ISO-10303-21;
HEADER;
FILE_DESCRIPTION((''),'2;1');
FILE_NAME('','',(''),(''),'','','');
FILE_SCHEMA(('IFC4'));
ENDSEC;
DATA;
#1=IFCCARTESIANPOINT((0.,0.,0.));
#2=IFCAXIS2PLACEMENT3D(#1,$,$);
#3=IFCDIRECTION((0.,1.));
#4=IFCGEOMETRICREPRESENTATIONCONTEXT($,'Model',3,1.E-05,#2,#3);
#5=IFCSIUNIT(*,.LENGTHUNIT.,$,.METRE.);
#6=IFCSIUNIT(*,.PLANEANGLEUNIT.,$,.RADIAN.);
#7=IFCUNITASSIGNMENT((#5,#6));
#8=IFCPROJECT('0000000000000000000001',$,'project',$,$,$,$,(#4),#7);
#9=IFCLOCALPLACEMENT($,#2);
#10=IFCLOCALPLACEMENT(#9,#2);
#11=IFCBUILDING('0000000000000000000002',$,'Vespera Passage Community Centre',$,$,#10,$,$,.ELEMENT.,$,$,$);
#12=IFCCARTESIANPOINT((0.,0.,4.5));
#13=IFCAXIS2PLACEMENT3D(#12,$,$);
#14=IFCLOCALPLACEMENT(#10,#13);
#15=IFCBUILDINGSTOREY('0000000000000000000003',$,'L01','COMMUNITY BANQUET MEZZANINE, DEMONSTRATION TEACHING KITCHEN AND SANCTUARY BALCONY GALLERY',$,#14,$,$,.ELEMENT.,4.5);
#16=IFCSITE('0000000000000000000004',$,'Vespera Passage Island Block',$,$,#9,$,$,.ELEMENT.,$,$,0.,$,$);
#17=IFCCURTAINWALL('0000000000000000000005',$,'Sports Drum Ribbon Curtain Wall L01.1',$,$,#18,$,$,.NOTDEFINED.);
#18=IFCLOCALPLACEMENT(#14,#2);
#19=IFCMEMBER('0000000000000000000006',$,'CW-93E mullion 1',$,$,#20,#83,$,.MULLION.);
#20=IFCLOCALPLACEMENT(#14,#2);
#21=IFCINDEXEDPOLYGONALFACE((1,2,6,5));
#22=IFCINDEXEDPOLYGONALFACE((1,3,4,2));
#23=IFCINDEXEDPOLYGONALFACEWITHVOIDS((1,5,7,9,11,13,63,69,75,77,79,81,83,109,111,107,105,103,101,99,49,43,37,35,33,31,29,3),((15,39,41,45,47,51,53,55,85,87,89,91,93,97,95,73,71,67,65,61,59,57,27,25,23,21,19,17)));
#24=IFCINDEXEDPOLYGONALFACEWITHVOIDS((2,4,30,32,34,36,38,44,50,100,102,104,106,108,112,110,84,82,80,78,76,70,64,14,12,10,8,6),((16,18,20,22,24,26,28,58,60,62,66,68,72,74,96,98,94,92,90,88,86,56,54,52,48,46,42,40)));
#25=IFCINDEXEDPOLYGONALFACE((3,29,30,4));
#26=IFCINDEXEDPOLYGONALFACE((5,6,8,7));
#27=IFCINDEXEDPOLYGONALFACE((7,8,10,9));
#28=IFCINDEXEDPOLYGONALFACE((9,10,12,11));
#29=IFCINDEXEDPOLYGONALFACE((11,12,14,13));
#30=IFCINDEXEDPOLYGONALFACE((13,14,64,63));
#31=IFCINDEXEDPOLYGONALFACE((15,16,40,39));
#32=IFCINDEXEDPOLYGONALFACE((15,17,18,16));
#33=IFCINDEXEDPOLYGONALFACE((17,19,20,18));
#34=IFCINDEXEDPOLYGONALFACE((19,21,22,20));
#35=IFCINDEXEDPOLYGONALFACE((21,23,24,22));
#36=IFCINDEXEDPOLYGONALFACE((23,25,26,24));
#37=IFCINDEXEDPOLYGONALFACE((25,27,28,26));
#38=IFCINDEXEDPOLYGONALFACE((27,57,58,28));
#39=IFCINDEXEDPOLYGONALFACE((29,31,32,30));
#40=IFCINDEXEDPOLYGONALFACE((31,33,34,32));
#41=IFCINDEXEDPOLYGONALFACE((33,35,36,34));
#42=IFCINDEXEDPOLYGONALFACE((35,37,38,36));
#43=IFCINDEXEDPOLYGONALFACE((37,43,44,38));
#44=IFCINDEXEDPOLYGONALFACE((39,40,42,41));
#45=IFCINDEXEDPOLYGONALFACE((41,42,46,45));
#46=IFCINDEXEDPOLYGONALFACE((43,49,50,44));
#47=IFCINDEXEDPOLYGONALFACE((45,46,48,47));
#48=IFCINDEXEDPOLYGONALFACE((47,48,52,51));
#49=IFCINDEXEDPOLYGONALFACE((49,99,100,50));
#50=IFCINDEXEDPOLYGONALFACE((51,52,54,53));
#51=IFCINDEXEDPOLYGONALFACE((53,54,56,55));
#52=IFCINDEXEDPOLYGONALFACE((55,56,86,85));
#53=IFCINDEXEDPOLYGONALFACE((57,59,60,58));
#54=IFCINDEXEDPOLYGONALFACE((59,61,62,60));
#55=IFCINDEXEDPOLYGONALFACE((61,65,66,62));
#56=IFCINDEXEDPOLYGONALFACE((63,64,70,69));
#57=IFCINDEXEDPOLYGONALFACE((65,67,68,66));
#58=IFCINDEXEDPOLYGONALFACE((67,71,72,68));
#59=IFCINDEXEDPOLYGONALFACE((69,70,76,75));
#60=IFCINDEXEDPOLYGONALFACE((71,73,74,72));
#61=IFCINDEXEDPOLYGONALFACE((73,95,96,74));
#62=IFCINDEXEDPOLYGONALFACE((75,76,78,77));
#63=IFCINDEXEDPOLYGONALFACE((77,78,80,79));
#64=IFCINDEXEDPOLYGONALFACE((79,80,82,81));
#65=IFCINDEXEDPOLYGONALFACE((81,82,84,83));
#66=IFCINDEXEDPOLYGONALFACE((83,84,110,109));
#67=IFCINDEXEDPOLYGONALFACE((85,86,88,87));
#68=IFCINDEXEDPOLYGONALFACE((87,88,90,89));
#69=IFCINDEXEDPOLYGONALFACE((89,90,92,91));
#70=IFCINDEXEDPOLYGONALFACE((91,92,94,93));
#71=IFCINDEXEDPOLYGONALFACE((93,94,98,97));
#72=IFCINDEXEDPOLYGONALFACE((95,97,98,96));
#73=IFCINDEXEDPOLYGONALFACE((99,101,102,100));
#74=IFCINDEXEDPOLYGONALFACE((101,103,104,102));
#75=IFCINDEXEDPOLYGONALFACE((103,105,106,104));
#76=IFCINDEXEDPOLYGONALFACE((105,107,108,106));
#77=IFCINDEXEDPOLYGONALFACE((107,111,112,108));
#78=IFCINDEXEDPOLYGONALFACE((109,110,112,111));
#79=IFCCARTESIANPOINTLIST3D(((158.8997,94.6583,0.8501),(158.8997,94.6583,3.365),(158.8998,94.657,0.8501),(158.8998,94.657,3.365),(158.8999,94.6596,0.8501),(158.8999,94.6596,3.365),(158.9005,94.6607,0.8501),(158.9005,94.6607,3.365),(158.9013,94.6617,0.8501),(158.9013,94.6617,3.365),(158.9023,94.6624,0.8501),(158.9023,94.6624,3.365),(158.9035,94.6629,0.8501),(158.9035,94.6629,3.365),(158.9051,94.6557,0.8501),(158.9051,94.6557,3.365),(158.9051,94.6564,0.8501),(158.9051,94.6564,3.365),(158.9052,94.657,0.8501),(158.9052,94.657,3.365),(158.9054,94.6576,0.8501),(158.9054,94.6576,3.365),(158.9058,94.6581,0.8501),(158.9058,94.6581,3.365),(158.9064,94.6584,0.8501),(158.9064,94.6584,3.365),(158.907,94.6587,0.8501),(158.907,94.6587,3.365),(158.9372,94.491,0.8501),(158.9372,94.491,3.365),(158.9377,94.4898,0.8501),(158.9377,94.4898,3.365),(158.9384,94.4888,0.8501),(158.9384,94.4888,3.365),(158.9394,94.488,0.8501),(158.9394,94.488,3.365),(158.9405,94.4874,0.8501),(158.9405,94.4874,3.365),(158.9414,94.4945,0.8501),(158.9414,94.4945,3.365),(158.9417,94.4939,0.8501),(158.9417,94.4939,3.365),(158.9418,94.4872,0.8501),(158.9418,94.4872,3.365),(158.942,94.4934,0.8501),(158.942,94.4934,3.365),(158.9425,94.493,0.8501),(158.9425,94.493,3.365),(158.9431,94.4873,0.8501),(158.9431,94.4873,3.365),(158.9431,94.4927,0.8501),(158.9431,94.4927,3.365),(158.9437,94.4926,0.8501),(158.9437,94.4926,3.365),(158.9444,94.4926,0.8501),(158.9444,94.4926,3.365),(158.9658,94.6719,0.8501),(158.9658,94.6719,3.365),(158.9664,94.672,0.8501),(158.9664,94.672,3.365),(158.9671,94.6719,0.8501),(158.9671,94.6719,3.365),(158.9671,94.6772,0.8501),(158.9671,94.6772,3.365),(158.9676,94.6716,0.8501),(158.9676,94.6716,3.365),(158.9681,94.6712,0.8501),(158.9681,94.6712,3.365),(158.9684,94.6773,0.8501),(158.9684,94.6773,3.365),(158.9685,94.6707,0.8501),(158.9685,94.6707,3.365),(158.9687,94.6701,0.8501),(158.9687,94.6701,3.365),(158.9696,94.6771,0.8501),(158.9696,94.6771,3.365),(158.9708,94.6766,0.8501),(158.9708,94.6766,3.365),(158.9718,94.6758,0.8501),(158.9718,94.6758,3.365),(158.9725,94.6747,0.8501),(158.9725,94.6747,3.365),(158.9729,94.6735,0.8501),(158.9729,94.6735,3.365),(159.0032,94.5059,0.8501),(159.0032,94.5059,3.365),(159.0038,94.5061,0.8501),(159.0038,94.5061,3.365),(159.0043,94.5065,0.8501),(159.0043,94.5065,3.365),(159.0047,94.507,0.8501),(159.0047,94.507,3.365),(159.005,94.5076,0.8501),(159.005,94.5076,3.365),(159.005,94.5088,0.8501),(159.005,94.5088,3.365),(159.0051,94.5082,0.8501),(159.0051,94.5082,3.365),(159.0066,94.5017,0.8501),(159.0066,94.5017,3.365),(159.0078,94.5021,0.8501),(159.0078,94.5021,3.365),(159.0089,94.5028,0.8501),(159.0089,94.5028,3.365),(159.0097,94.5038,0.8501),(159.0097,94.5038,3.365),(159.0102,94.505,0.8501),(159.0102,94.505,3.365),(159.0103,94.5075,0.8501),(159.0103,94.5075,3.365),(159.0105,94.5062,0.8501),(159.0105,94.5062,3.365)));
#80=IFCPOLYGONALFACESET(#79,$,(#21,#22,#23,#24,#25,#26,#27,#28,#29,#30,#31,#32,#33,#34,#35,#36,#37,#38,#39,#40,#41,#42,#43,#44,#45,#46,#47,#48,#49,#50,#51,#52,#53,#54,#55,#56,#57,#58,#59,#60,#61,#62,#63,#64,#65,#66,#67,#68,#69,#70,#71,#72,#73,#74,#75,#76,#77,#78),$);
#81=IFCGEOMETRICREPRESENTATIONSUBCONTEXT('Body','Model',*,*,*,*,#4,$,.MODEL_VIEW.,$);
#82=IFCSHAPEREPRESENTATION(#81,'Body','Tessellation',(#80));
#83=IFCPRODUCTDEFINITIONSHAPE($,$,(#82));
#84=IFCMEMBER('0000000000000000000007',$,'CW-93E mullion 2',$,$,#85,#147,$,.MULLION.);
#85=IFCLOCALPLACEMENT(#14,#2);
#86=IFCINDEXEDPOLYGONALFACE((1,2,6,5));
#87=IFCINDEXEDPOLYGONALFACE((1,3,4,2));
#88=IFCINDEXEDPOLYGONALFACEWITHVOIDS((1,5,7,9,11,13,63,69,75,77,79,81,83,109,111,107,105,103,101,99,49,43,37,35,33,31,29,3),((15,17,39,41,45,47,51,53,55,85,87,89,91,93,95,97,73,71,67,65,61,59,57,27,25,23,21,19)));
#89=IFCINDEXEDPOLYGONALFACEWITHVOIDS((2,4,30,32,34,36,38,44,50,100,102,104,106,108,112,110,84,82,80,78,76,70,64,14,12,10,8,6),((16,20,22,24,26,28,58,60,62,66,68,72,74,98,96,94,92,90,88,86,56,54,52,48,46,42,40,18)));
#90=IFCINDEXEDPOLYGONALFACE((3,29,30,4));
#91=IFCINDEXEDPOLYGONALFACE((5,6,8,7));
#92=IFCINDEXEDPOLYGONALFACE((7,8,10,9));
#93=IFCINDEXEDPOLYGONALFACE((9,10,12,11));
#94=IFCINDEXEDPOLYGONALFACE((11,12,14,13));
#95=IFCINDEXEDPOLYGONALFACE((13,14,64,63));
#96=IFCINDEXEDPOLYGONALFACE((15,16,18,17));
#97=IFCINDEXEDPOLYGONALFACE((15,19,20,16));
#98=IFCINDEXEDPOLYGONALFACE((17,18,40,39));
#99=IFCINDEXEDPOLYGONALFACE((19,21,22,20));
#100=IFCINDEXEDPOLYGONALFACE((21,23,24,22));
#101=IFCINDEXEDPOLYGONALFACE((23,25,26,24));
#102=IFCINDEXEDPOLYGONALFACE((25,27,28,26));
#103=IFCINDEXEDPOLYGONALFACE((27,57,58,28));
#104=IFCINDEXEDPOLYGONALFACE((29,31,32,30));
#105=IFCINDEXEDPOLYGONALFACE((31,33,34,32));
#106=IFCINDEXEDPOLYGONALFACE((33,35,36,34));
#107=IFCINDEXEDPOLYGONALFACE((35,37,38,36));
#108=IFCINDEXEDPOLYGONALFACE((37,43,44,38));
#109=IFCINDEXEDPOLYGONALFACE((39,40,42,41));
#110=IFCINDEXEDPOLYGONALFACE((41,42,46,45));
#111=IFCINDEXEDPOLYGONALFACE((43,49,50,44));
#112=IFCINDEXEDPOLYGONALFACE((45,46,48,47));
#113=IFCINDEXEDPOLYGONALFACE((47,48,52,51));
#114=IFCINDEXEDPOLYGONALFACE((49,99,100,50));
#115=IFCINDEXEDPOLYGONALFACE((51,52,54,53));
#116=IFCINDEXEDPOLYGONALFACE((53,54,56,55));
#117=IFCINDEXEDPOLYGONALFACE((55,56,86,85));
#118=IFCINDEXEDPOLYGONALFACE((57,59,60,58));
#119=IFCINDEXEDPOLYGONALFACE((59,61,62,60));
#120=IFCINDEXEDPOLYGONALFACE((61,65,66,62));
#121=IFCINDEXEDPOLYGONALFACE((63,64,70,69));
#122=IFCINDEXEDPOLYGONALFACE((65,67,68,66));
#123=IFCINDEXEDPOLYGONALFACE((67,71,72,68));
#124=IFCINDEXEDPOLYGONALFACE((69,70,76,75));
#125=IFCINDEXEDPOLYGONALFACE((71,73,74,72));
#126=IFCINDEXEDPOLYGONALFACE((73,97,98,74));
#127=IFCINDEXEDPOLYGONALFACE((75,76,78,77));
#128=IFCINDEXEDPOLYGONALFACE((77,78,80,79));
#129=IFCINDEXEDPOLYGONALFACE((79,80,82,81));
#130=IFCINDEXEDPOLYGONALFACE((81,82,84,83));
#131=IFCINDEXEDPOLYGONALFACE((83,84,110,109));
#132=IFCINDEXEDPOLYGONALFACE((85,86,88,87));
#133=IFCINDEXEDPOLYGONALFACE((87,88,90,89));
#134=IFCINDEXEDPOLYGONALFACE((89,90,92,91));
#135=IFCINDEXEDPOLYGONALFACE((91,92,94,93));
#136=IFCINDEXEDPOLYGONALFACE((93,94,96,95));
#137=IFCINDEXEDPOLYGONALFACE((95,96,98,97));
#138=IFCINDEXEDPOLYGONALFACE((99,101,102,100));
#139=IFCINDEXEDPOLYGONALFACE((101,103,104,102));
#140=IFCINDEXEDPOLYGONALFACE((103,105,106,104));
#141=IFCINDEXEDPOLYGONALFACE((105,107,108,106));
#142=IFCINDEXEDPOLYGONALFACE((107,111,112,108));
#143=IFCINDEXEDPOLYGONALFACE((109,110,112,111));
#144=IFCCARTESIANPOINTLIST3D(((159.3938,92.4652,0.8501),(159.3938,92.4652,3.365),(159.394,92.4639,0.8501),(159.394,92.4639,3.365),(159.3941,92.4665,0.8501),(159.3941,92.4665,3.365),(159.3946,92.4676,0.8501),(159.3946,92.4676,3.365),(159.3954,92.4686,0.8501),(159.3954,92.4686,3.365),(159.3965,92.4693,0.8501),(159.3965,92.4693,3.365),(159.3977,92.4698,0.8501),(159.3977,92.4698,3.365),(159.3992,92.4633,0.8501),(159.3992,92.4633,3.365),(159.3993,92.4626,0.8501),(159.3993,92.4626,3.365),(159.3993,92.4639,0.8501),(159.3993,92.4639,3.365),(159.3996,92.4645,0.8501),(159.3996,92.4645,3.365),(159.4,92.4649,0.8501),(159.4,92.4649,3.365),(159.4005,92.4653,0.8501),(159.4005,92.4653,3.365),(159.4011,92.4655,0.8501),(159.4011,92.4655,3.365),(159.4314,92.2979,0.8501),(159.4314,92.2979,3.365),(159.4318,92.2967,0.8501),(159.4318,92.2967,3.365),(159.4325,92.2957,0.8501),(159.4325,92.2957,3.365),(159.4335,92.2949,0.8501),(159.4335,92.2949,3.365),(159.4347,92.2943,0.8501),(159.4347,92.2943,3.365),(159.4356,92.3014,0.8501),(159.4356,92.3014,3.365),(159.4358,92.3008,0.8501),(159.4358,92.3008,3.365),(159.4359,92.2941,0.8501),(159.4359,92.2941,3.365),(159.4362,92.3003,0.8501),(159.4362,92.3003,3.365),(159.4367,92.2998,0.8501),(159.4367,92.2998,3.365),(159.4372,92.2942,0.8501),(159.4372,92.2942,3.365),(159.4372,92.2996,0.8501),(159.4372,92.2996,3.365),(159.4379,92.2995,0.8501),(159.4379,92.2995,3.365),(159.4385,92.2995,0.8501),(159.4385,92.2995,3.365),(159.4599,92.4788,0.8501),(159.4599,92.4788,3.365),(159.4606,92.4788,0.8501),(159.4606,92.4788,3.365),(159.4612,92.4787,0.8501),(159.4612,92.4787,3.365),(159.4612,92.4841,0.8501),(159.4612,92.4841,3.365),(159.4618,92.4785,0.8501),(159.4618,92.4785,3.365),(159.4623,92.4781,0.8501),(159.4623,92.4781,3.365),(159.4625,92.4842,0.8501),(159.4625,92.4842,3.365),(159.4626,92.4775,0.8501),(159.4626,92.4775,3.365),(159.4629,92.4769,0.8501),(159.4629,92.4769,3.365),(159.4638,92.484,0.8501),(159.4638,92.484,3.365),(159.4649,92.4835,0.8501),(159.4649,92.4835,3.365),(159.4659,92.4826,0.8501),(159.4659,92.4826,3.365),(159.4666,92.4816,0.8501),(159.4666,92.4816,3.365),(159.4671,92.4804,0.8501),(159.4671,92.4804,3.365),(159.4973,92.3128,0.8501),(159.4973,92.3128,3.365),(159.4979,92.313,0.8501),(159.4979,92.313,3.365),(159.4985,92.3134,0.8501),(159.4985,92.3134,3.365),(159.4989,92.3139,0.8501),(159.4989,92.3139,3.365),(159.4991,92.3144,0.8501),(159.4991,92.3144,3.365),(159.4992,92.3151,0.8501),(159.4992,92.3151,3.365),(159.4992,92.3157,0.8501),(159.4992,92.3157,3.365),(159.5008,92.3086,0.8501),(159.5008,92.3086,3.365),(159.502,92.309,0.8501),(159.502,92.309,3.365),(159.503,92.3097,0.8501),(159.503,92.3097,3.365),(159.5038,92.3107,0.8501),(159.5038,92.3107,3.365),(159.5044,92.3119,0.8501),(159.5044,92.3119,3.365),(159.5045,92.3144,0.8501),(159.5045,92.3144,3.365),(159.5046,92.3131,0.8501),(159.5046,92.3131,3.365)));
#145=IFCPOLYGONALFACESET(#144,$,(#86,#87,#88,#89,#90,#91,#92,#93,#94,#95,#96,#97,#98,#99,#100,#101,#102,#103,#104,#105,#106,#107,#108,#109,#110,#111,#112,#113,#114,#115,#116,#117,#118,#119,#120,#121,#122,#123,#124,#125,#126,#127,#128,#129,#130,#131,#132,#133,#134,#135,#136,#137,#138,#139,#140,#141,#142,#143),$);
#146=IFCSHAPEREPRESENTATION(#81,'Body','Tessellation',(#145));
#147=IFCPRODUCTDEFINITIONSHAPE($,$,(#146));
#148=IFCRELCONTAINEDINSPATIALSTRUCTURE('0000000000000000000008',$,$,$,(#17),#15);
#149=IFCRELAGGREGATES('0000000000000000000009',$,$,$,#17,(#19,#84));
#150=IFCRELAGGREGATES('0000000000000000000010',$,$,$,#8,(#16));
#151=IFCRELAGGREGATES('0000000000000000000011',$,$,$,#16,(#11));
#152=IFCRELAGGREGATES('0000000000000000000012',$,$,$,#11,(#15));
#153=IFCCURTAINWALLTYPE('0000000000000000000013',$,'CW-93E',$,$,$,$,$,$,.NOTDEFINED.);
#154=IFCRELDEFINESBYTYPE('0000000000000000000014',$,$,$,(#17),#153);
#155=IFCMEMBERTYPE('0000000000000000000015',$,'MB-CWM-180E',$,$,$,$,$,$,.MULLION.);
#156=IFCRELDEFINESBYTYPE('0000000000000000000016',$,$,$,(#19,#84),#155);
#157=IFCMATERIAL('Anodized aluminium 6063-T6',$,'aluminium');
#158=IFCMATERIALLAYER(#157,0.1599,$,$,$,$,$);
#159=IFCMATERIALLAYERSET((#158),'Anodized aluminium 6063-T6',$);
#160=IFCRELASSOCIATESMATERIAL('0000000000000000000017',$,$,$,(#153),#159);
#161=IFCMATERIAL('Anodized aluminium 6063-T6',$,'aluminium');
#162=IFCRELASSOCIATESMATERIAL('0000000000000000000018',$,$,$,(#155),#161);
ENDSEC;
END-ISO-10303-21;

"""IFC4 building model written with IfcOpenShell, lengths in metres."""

from ifc_helpers import new_model, si_unit, direction, frame, origin, origin_2d, place, context, subcontext, project, spatial, hollow_rectangle, extrude, material, layer, layer_set, material_profile, profile_set, type_object, element, aggregate, save


model = new_model("IFC4")

# Units and contexts
model_context = context("Model", 3, precision=1e-05, world=origin(), true_north=direction((0.0, 1.0)))
body_context = subcontext(model_context, "Body", "Model", "MODEL_VIEW")
ifc_project = project(units=[si_unit("LENGTHUNIT", "METRE"), si_unit("PLANEANGLEUNIT", "RADIAN")], contexts=[model_context])

# Site, building, storey
site_placement = place(None, origin())
site = spatial("IfcSite", under=ifc_project, at=site_placement, Name="Vespera Passage Island Block", CompositionType="ELEMENT", RefElevation=0.0)
building_placement = place(site_placement, origin())
building = spatial("IfcBuilding", under=site, at=building_placement, Name="Vespera Passage Community Centre", CompositionType="ELEMENT")
storey_placement = place(building_placement, frame((0.0, 0.0, 4.5)))
storey = spatial("IfcBuildingStorey", under=building, at=storey_placement, Name="L01", Description="COMMUNITY BANQUET MEZZANINE, DEMONSTRATION TEACHING KITCHEN AND SANCTUARY BALCONY GALLERY", CompositionType="ELEMENT", Elevation=4.5)

# Curtain wall, members
ifc_material_1 = material(Name="Anodized aluminium 6063-T6", Category="aluminium")
ifc_layer_1 = layer(ifc_material_1, 0.1599)
ifc_layer_set_1 = layer_set([ifc_layer_1], Name="Anodized aluminium 6063-T6")
curtain_wall_type_1 = type_object("IfcCurtainWallType", Name="CW-93E", PredefinedType="NOTDEFINED", material=ifc_layer_set_1)
curtain_wall_1_placement = place(storey_placement, origin())
curtain_wall_1 = element("IfcCurtainWall", 1, at=curtain_wall_1_placement, inside=storey, type_object=curtain_wall_type_1, Name="Sports Drum Ribbon Curtain Wall L01.1", PredefinedType="NOTDEFINED")
ifc_material_2 = material(Name="Anodized aluminium 6063-T6", Category="aluminium")
ifc_material_profile_1 = material_profile(ifc_material_2, hollow_rectangle(XDim=0.075, YDim=0.1799, WallThickness=0.0049, InnerFilletRadius=0.0024, OuterFilletRadius=0.0049, at=origin_2d()), Name="ALU180X75X5")
ifc_profile_set_1 = profile_set([ifc_material_profile_1], Name="Anodized aluminium 6063-T6")
member_type_1 = type_object("IfcMemberType", Name="MB-CWM-180E", PredefinedType="MULLION", material=ifc_profile_set_1)
member_1_placement = place(storey_placement, frame((158.9551, 94.5823, 0.8501), z_axis=(0.0, 0.0, 1.0), x_axis=(0.975553, 0.219763, 0.0)))
member_1 = element("IfcMember", 2, at=member_1_placement, type_object=member_type_1, Name="CW-93E mullion 1", PredefinedType="MULLION", context=body_context, shape_type="SweptSolid", body=[
    extrude(hollow_rectangle(XDim=0.075, YDim=0.1799, WallThickness=0.0049, InnerFilletRadius=0.0024, OuterFilletRadius=0.0049, at=origin_2d()), origin(), (0.0, 0.0, 1.0), 2.5149),
])
member_2_placement = place(storey_placement, frame((159.4492, 92.3892, 0.8501), z_axis=(0.0, 0.0, 1.0), x_axis=(0.975553, 0.219763, 0.0)))
member_2 = element("IfcMember", 3, at=member_2_placement, type_object=member_type_1, Name="CW-93E mullion 2", PredefinedType="MULLION", context=body_context, shape_type="SweptSolid", body=[
    extrude(hollow_rectangle(XDim=0.075, YDim=0.1799, WallThickness=0.0049, InnerFilletRadius=0.0024, OuterFilletRadius=0.0049, at=origin_2d()), origin(), (0.0, 0.0, 1.0), 2.5149),
])

aggregate(curtain_wall_1, [member_1, member_2])

save(model, "model.ifc")
